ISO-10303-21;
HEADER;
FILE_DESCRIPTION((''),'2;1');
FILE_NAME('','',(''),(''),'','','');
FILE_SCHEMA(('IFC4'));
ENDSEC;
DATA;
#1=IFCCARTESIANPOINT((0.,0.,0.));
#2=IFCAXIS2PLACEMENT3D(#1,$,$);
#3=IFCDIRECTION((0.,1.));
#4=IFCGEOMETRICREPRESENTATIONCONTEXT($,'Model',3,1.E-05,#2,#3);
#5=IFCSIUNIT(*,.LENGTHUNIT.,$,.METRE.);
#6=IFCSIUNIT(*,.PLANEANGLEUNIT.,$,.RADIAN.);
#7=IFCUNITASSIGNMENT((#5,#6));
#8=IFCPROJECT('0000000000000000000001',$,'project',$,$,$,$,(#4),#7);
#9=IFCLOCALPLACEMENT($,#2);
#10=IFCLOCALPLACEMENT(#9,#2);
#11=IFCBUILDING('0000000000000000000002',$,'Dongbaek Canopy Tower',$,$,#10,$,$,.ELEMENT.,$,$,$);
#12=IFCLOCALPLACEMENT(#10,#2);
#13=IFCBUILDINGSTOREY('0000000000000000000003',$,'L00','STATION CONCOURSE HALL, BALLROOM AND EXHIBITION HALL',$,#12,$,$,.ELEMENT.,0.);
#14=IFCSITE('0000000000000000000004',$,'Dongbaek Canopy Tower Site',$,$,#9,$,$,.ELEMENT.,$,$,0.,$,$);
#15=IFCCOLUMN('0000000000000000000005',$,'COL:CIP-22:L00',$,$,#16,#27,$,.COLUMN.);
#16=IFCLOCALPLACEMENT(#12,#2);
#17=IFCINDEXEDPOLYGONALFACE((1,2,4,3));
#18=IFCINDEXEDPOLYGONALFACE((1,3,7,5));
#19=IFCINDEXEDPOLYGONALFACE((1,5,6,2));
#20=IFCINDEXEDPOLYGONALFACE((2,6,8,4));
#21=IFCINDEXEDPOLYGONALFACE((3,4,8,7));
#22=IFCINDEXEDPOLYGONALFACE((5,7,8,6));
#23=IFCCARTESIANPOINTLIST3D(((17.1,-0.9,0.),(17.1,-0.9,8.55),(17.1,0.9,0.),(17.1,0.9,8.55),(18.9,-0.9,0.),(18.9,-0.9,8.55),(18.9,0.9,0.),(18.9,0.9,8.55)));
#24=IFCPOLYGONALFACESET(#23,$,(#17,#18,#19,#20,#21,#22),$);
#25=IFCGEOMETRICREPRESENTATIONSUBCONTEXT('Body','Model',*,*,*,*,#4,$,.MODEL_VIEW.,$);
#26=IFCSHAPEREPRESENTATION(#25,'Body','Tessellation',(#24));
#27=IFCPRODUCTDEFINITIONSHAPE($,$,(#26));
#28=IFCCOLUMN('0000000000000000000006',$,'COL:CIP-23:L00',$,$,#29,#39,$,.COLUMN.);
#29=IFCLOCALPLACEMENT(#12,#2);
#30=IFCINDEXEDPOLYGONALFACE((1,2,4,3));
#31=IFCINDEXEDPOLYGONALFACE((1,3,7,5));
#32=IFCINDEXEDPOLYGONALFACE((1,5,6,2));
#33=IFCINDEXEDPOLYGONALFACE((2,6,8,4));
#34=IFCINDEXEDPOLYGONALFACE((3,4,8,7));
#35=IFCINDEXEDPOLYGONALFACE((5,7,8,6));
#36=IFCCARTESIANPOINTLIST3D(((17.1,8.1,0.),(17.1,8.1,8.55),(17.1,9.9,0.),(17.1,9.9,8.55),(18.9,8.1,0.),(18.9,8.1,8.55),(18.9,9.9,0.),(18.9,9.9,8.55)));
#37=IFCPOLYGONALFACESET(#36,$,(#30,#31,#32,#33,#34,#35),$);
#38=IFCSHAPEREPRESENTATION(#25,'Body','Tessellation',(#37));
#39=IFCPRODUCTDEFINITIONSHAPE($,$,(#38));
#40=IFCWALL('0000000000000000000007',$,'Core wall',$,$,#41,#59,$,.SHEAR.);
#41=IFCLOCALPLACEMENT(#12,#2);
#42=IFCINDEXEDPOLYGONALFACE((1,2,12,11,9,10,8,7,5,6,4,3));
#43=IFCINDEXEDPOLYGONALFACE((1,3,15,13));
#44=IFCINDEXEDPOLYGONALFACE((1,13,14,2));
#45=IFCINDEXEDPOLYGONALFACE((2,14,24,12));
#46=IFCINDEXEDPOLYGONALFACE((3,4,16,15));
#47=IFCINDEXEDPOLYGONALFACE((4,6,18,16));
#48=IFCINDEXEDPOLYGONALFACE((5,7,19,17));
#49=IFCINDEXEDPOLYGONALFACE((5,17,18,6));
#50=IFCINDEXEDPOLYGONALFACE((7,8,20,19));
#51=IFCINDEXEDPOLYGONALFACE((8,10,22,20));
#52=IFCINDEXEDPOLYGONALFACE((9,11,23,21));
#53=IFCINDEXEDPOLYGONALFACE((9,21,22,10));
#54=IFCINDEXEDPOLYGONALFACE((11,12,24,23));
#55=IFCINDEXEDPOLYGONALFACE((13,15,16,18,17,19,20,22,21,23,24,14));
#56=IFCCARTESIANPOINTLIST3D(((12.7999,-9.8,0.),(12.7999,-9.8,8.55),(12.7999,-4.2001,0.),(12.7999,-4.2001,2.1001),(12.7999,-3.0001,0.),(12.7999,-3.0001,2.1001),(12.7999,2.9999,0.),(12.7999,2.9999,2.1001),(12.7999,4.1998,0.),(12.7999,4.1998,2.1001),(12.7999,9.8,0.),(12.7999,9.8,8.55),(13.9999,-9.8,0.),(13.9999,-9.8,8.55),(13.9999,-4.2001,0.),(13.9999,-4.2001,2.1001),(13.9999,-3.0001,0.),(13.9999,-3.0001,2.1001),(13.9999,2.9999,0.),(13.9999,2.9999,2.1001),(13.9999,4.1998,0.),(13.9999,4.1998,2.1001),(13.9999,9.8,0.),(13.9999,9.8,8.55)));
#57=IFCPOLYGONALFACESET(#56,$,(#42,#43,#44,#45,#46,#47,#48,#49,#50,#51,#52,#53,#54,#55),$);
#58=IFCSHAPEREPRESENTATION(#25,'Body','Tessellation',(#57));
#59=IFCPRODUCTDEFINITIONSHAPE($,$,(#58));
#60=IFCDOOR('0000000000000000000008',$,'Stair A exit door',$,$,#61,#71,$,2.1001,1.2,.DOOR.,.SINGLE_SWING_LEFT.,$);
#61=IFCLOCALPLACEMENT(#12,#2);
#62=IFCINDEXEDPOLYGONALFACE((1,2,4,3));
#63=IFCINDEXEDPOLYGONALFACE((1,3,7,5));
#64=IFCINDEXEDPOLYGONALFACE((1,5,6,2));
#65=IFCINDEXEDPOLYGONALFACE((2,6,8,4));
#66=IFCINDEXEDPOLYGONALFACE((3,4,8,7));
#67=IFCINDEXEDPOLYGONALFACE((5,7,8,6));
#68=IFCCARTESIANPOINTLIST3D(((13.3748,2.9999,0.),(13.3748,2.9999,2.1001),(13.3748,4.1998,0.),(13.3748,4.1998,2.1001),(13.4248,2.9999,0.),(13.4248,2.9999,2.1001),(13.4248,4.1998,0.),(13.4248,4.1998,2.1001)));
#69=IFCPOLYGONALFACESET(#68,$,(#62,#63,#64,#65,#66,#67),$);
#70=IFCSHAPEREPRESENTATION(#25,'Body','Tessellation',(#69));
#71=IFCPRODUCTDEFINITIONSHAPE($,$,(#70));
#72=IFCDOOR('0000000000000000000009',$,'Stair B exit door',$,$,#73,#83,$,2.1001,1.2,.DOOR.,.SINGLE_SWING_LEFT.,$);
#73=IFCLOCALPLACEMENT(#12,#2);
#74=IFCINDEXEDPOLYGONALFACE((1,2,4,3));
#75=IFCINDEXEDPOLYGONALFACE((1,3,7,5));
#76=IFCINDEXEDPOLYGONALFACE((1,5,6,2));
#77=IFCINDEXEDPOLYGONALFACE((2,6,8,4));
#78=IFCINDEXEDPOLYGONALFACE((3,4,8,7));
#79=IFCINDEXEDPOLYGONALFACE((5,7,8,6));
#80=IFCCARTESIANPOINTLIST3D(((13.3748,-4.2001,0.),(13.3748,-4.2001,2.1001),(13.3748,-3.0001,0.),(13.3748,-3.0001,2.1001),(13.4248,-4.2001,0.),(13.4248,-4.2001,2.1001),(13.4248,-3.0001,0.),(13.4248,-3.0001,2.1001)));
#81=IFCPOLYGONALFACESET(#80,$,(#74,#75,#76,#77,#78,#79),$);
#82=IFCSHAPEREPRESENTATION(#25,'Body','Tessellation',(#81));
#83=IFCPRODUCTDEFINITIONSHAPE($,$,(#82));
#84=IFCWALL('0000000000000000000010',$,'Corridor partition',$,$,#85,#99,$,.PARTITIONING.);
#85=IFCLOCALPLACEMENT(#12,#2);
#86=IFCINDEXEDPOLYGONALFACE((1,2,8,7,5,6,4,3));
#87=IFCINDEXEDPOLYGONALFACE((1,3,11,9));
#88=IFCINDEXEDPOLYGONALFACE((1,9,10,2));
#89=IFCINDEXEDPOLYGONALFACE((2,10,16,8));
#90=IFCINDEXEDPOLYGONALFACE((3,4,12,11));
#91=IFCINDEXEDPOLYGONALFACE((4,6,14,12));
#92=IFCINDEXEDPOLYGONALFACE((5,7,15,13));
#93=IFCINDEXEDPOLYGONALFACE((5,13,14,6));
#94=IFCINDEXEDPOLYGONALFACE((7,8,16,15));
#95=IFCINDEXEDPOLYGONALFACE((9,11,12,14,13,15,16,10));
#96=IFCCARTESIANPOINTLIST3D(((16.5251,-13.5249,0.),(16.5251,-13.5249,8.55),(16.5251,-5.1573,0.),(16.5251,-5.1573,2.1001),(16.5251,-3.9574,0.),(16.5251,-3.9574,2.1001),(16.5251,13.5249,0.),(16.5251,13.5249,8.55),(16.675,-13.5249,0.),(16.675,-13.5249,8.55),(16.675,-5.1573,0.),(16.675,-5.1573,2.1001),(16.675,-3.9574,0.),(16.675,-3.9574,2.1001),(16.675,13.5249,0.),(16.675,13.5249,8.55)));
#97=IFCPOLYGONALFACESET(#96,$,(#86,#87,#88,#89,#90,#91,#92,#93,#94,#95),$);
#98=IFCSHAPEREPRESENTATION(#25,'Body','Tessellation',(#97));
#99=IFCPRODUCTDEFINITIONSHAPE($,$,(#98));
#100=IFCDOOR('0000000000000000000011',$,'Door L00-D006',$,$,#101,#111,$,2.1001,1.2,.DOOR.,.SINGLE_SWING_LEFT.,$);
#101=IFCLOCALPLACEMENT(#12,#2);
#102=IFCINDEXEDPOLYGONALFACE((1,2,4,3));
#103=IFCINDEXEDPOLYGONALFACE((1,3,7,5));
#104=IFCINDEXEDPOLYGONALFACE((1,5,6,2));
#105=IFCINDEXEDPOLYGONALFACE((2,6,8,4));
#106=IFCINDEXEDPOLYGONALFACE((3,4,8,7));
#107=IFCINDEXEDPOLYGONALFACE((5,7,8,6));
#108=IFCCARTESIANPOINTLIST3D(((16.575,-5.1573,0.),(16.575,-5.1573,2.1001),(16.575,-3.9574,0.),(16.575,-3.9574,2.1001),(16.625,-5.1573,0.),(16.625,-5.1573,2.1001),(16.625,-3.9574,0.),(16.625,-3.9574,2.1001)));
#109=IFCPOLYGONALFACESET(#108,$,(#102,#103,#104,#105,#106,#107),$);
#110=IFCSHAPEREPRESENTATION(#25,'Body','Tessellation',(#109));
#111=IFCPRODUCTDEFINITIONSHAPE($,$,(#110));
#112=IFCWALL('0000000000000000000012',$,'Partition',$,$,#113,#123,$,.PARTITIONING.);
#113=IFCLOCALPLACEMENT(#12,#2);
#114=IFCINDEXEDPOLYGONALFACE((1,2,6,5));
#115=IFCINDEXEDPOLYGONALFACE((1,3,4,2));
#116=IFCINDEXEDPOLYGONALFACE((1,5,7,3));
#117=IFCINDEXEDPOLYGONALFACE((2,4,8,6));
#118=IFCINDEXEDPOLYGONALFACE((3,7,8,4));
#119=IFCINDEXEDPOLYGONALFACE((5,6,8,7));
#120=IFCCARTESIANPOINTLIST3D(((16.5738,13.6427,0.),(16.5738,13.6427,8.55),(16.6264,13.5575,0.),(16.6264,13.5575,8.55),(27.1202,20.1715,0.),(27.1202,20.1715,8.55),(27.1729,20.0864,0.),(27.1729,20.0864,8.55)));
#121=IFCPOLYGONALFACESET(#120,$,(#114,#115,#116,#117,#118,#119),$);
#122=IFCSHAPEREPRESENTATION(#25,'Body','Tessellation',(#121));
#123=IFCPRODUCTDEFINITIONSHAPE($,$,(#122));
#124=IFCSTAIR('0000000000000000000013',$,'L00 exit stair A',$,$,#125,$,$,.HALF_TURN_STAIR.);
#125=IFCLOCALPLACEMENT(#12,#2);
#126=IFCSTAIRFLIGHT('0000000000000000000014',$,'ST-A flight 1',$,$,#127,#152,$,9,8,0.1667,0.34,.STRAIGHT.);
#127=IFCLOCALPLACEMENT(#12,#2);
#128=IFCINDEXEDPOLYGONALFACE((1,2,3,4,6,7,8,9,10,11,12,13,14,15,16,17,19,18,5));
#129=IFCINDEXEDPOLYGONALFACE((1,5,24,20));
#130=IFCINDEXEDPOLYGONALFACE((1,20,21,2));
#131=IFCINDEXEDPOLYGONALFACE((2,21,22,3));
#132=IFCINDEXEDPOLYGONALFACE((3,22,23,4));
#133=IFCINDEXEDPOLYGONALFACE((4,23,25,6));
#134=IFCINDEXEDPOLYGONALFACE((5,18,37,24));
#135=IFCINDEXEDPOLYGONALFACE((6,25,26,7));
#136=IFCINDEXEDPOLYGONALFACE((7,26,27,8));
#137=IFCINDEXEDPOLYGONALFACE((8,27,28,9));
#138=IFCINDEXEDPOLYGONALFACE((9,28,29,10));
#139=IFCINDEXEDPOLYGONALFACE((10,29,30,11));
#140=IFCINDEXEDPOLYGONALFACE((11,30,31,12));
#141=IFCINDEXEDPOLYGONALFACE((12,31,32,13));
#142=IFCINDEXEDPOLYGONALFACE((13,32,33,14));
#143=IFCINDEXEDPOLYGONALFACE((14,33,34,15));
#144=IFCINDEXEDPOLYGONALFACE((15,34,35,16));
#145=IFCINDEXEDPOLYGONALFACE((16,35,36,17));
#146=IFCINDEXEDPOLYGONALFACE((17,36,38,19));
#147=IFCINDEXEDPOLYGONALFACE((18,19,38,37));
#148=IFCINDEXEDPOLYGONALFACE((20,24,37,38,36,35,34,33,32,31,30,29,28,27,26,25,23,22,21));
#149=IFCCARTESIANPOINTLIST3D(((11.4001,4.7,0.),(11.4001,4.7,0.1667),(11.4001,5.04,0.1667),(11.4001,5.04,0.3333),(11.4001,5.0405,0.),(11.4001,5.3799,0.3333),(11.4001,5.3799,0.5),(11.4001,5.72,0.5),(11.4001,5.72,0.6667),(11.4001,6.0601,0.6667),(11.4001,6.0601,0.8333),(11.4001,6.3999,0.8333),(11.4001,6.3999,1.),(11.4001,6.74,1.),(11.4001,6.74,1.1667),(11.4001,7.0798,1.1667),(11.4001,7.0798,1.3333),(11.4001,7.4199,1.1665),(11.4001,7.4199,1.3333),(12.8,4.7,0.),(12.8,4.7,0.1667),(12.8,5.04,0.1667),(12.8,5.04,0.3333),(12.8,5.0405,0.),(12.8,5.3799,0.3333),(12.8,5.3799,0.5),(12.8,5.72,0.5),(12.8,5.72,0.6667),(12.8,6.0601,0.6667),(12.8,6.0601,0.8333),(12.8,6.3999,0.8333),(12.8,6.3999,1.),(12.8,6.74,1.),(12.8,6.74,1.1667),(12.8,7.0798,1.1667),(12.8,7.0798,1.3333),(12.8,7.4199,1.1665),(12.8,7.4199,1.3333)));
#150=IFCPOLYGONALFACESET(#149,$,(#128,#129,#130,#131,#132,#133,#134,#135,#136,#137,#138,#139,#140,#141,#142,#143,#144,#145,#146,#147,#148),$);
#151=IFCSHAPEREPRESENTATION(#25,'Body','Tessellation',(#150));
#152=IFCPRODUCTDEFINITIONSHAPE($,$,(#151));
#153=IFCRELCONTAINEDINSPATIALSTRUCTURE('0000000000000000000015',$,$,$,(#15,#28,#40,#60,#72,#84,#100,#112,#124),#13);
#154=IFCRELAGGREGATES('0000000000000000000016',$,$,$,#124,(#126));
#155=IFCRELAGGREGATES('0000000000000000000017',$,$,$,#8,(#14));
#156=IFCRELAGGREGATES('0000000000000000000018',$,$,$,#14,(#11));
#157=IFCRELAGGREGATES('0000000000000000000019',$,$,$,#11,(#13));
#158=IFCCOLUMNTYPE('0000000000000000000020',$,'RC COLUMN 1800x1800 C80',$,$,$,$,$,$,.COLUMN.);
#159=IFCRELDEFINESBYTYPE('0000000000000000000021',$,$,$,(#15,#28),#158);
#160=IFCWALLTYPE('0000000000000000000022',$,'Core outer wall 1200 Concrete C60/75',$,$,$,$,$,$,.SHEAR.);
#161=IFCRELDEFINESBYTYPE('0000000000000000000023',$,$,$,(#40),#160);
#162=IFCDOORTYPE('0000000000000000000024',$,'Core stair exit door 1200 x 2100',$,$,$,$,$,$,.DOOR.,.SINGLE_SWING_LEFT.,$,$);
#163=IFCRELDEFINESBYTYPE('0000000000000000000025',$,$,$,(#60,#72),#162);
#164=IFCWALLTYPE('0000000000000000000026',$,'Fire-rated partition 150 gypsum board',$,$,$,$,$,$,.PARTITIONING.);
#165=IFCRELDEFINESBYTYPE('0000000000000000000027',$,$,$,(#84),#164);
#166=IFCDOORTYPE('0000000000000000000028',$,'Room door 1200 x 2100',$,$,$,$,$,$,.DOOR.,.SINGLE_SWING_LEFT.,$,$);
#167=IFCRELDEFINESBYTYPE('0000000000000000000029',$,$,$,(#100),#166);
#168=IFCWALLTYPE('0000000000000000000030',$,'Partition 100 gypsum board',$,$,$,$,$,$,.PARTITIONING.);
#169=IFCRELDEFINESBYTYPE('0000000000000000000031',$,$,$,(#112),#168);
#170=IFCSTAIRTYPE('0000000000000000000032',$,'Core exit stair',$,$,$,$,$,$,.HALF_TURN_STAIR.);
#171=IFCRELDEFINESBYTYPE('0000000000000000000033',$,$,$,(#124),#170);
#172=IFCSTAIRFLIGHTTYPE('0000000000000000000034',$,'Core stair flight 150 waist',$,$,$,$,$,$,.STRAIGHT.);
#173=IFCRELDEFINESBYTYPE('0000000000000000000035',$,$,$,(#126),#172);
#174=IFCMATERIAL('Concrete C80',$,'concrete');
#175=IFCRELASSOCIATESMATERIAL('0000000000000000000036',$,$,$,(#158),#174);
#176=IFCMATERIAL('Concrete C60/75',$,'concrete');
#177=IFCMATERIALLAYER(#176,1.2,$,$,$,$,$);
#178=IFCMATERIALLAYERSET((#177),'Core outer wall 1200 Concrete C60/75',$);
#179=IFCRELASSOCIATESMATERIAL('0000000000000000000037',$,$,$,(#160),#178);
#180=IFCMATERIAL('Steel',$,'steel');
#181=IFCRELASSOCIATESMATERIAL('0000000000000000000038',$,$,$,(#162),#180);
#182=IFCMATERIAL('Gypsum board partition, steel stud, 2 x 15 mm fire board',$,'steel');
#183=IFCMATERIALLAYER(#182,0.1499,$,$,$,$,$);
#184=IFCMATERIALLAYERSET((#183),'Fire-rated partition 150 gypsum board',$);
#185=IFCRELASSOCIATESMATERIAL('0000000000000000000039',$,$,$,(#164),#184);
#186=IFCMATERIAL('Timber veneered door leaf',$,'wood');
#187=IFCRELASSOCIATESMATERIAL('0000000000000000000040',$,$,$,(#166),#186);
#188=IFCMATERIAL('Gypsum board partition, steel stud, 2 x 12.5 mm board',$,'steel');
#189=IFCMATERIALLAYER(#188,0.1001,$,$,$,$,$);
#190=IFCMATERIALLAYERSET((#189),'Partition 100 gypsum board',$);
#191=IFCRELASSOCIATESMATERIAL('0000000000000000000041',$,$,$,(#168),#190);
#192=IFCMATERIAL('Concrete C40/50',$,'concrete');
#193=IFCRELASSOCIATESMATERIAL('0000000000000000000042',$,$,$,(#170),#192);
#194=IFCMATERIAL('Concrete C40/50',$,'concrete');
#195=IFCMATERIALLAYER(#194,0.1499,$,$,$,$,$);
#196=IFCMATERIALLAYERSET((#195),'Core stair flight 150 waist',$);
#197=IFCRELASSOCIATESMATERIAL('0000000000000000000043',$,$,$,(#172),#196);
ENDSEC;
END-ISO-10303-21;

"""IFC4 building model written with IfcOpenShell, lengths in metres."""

from ifc_helpers import new_model, si_unit, direction, frame, frame_2d, origin, origin_2d, place, context, subcontext, project, spatial, polyline, rectangle, outline, extrude, material, layer, layer_set, material_profile, profile_set, type_object, element, fill, aggregate, save


model = new_model("IFC4")

# Units and contexts
model_context = context("Model", 3, precision=1e-05, world=origin(), true_north=direction((0.0, 1.0)))
body_context = subcontext(model_context, "Body", "Model", "MODEL_VIEW")
ifc_project = project(units=[si_unit("LENGTHUNIT", "METRE"), si_unit("PLANEANGLEUNIT", "RADIAN")], contexts=[model_context])

# Site, building, storey
site_placement = place(None, origin())
site = spatial("IfcSite", under=ifc_project, at=site_placement, Name="Dongbaek Canopy Tower Site", CompositionType="ELEMENT", RefElevation=0.0)
building_placement = place(site_placement, origin())
building = spatial("IfcBuilding", under=site, at=building_placement, Name="Dongbaek Canopy Tower", CompositionType="ELEMENT")
storey_placement = place(building_placement, origin())
storey = spatial("IfcBuildingStorey", under=building, at=storey_placement, Name="L00", Description="STATION CONCOURSE HALL, BALLROOM AND EXHIBITION HALL", CompositionType="ELEMENT", Elevation=0.0)

# Columns
ifc_material_1 = material(Name="Concrete C80", Category="concrete")
ifc_material_profile = material_profile(ifc_material_1, rectangle(XDim=1.8, YDim=1.8, at=origin_2d()), Name="RC COLUMN 1800x1800 C80")
ifc_profile_set = profile_set([ifc_material_profile], Name="Concrete C80")
column_type = type_object("IfcColumnType", Name="RC COLUMN 1800x1800 C80", PredefinedType="COLUMN", material=ifc_profile_set)
for number, where, z_axis, x_axis, name in (
    (1, (18.0, 0.0, 0.0), (0.0, 0.0, 1.0), (1.0, 0.0, 0.0), "COL:CIP-22:L00"),
    (2, (18.0, 9.0, 0.0), (0.0, 0.0, 1.0), (1.0, 0.0, 0.0), "COL:CIP-23:L00"),
):
    element("IfcColumn", number, at=place(storey_placement, frame(where, z_axis=z_axis, x_axis=x_axis)), inside=storey, type_object=column_type, Name=name, PredefinedType="COLUMN", context=body_context, shape_type="SweptSolid", body=[
        extrude(rectangle(XDim=1.8, YDim=1.8, at=origin_2d()), origin(), (0.0, 0.0, 1.0), 8.55),
    ])

# Wall, openings, doors
ifc_material_2 = material(Name="Concrete C60/75", Category="concrete")
ifc_layer_1 = layer(ifc_material_2, 1.2)
ifc_layer_set_1 = layer_set([ifc_layer_1], Name="Core outer wall 1200 Concrete C60/75")
wall_type_1 = type_object("IfcWallType", Name="Core outer wall 1200 Concrete C60/75", PredefinedType="SHEAR", material=ifc_layer_set_1)
wall_1_placement = place(storey_placement, frame((13.3999, 9.8, 0.0), z_axis=(0.0, 0.0, 1.0), x_axis=(0.0, -1.0, 0.0)))
wall_1 = element("IfcWall", 3, at=wall_1_placement, inside=storey, type_object=wall_type_1, Name="Core wall", PredefinedType="SHEAR", context=body_context, shape_type="SweptSolid", body=[
    extrude(rectangle(XDim=19.6001, YDim=1.2, at=frame_2d((9.8, 0.0))), origin(), (0.0, 0.0, 1.0), 8.55),
])
opening_1_placement = place(wall_1_placement, frame((5.6001, 0.0, 0.0)))
opening_1 = element("IfcOpeningElement", 4, at=opening_1_placement, cuts=wall_1, PredefinedType="OPENING", context=body_context, shape_type="SweptSolid", body=[
    extrude(rectangle(XDim=1.2, YDim=2.1001, at=frame_2d((0.6001, 1.05))), frame((0.0, 0.6099, 0.0), z_axis=(0.0, -1.0, 0.0), x_axis=(1.0, 0.0, 0.0)), (0.0, 0.0, 1.0), 1.22),
])
opening_2_placement = place(wall_1_placement, frame((12.8, 0.0, 0.0)))
opening_2 = element("IfcOpeningElement", 5, at=opening_2_placement, cuts=wall_1, PredefinedType="OPENING", context=body_context, shape_type="SweptSolid", body=[
    extrude(rectangle(XDim=1.2, YDim=2.1001, at=frame_2d((0.6001, 1.05))), frame((0.0, 0.6099, 0.0), z_axis=(0.0, -1.0, 0.0), x_axis=(1.0, 0.0, 0.0)), (0.0, 0.0, 1.0), 1.22),
])
ifc_material_3 = material(Name="Steel", Category="steel")
door_type_1 = type_object("IfcDoorType", Name="Core stair exit door 1200 x 2100", OperationType="SINGLE_SWING_LEFT", PredefinedType="DOOR", material=ifc_material_3)
door_1_placement = place(opening_1_placement, origin())
door_1 = element("IfcDoor", 6, at=door_1_placement, inside=storey, type_object=door_type_1, Name="Stair A exit door", OperationType="SINGLE_SWING_LEFT", OverallHeight=2.1001, OverallWidth=1.2, PredefinedType="DOOR", context=body_context, shape_type="SweptSolid", body=[
    extrude(rectangle(XDim=1.2, YDim=2.1001, at=frame_2d((0.6001, 1.05))), frame((0.0, 0.0249, 0.0), z_axis=(0.0, -1.0, 0.0), x_axis=(1.0, 0.0, 0.0)), (0.0, 0.0, 1.0), 0.05),
])
fill(opening_1, door_1)
door_2_placement = place(opening_2_placement, origin())
door_2 = element("IfcDoor", 7, at=door_2_placement, inside=storey, type_object=door_type_1, Name="Stair B exit door", OperationType="SINGLE_SWING_LEFT", OverallHeight=2.1001, OverallWidth=1.2, PredefinedType="DOOR", context=body_context, shape_type="SweptSolid", body=[
    extrude(rectangle(XDim=1.2, YDim=2.1001, at=frame_2d((0.6001, 1.05))), frame((0.0, 0.0249, 0.0), z_axis=(0.0, -1.0, 0.0), x_axis=(1.0, 0.0, 0.0)), (0.0, 0.0, 1.0), 0.05),
])
fill(opening_2, door_2)

# Wall, opening, door
ifc_material_4 = material(Name="Gypsum board partition, steel stud, 2 x 15 mm fire board", Category="steel")
ifc_layer_2 = layer(ifc_material_4, 0.1499)
ifc_layer_set_2 = layer_set([ifc_layer_2], Name="Fire-rated partition 150 gypsum board")
wall_type_2 = type_object("IfcWallType", Name="Fire-rated partition 150 gypsum board", PredefinedType="PARTITIONING", material=ifc_layer_set_2)
wall_2_placement = place(storey_placement, frame((16.6001, 13.5249, 0.0), z_axis=(0.0, 0.0, 1.0), x_axis=(0.0, -1.0, 0.0)))
wall_2 = element("IfcWall", 8, at=wall_2_placement, inside=storey, type_object=wall_type_2, Name="Corridor partition", PredefinedType="PARTITIONING", context=body_context, shape_type="SweptSolid", body=[
    extrude(rectangle(XDim=27.0498, YDim=0.1499, at=frame_2d((13.5249, 0.0))), origin(), (0.0, 0.0, 1.0), 8.55),
])
opening_3_placement = place(wall_2_placement, frame((17.4822, 0.0, 0.0)))
opening_3 = element("IfcOpeningElement", 9, at=opening_3_placement, cuts=wall_2, PredefinedType="OPENING", context=body_context, shape_type="SweptSolid", body=[
    extrude(rectangle(XDim=1.2, YDim=2.1001, at=frame_2d((0.6001, 1.05))), frame((0.0, 0.085, 0.0), z_axis=(0.0, -1.0, 0.0), x_axis=(1.0, 0.0, 0.0)), (0.0, 0.0, 1.0), 0.1699),
])
ifc_material_5 = material(Name="Timber veneered door leaf", Category="wood")
door_type_2 = type_object("IfcDoorType", Name="Room door 1200 x 2100", OperationType="SINGLE_SWING_LEFT", PredefinedType="DOOR", material=ifc_material_5)
door_3_placement = place(opening_3_placement, origin())
door_3 = element("IfcDoor", 10, at=door_3_placement, inside=storey, type_object=door_type_2, Name="Door L00-D006", OperationType="SINGLE_SWING_LEFT", OverallHeight=2.1001, OverallWidth=1.2, PredefinedType="DOOR", context=body_context, shape_type="SweptSolid", body=[
    extrude(rectangle(XDim=1.2, YDim=2.1001, at=frame_2d((0.6001, 1.05))), frame((0.0, 0.0249, 0.0), z_axis=(0.0, -1.0, 0.0), x_axis=(1.0, 0.0, 0.0)), (0.0, 0.0, 1.0), 0.05),
])
fill(opening_3, door_3)

# Wall
ifc_material_6 = material(Name="Gypsum board partition, steel stud, 2 x 12.5 mm board", Category="steel")
ifc_layer_3 = layer(ifc_material_6, 0.1001)
ifc_layer_set_3 = layer_set([ifc_layer_3], Name="Partition 100 gypsum board")
wall_type_3 = type_object("IfcWallType", Name="Partition 100 gypsum board", PredefinedType="PARTITIONING", material=ifc_layer_set_3)
wall_3_placement = place(storey_placement, frame((16.6001, 13.6001, 0.0), z_axis=(0.0, 0.0, 1.0), x_axis=(0.850262, 0.52636, 0.0)))
element("IfcWall", 11, at=wall_3_placement, inside=storey, type_object=wall_type_3, Name="Partition", PredefinedType="PARTITIONING", context=body_context, shape_type="SweptSolid", body=[
    extrude(rectangle(XDim=12.4038, YDim=0.1001, at=frame_2d((6.2019, 0.0))), origin(), (0.0, 0.0, 1.0), 8.55),
])

# Stair, stair flight
ifc_material_7 = material(Name="Concrete C40/50", Category="concrete")
stair_type = type_object("IfcStairType", Name="Core exit stair", PredefinedType="HALF_TURN_STAIR", material=ifc_material_7)
stair_placement = place(storey_placement, origin())
stair = element("IfcStair", 12, at=stair_placement, inside=storey, type_object=stair_type, Name="L00 exit stair A", PredefinedType="HALF_TURN_STAIR")
ifc_material_8 = material(Name="Concrete C40/50", Category="concrete")
ifc_layer_4 = layer(ifc_material_8, 0.1499)
ifc_layer_set_4 = layer_set([ifc_layer_4], Name="Core stair flight 150 waist")
stair_flight_type = type_object("IfcStairFlightType", Name="Core stair flight 150 waist", PredefinedType="STRAIGHT", material=ifc_layer_set_4)
stair_flight_1_placement = place(storey_placement, frame((12.1001, 4.7, 0.0), z_axis=(0.0, 0.0, 1.0), x_axis=(0.0, 1.0, 0.0)))
stair_flight_1 = element("IfcStairFlight", 13, at=stair_flight_1_placement, type_object=stair_flight_type, Name="ST-A flight 1", NumberOfRisers=9, NumberOfTreads=8, PredefinedType="STRAIGHT", RiserHeight=0.1667, TreadLength=0.34, context=body_context, shape_type="SweptSolid", body=[
    extrude(outline(polyline([(0.0, 0.0), (0.0, 0.1667), (0.3401, 0.1667), (0.3401, 0.3333), (0.6799, 0.3333), (0.6799, 0.5), (1.02, 0.5), (1.02, 0.6667), (1.3601, 0.6667), (1.3601, 0.8333), (1.7, 0.8333), (1.7, 1.0), (2.04, 1.0), (2.04, 1.1667), (2.3799, 1.1667), (2.3799, 1.3333), (2.72, 1.3333), (2.72, 1.5), (2.72, 1.1665), (0.3406, 0.0), (0.0, 0.0)])), frame((0.0, 0.7, 0.0), z_axis=(0.0, -1.0, 0.0), x_axis=(1.0, 0.0, 0.0)), (0.0, 0.0, 1.0), 1.3999),
])
aggregate(stair, [stair_flight_1])

save(model, "model.ifc")
